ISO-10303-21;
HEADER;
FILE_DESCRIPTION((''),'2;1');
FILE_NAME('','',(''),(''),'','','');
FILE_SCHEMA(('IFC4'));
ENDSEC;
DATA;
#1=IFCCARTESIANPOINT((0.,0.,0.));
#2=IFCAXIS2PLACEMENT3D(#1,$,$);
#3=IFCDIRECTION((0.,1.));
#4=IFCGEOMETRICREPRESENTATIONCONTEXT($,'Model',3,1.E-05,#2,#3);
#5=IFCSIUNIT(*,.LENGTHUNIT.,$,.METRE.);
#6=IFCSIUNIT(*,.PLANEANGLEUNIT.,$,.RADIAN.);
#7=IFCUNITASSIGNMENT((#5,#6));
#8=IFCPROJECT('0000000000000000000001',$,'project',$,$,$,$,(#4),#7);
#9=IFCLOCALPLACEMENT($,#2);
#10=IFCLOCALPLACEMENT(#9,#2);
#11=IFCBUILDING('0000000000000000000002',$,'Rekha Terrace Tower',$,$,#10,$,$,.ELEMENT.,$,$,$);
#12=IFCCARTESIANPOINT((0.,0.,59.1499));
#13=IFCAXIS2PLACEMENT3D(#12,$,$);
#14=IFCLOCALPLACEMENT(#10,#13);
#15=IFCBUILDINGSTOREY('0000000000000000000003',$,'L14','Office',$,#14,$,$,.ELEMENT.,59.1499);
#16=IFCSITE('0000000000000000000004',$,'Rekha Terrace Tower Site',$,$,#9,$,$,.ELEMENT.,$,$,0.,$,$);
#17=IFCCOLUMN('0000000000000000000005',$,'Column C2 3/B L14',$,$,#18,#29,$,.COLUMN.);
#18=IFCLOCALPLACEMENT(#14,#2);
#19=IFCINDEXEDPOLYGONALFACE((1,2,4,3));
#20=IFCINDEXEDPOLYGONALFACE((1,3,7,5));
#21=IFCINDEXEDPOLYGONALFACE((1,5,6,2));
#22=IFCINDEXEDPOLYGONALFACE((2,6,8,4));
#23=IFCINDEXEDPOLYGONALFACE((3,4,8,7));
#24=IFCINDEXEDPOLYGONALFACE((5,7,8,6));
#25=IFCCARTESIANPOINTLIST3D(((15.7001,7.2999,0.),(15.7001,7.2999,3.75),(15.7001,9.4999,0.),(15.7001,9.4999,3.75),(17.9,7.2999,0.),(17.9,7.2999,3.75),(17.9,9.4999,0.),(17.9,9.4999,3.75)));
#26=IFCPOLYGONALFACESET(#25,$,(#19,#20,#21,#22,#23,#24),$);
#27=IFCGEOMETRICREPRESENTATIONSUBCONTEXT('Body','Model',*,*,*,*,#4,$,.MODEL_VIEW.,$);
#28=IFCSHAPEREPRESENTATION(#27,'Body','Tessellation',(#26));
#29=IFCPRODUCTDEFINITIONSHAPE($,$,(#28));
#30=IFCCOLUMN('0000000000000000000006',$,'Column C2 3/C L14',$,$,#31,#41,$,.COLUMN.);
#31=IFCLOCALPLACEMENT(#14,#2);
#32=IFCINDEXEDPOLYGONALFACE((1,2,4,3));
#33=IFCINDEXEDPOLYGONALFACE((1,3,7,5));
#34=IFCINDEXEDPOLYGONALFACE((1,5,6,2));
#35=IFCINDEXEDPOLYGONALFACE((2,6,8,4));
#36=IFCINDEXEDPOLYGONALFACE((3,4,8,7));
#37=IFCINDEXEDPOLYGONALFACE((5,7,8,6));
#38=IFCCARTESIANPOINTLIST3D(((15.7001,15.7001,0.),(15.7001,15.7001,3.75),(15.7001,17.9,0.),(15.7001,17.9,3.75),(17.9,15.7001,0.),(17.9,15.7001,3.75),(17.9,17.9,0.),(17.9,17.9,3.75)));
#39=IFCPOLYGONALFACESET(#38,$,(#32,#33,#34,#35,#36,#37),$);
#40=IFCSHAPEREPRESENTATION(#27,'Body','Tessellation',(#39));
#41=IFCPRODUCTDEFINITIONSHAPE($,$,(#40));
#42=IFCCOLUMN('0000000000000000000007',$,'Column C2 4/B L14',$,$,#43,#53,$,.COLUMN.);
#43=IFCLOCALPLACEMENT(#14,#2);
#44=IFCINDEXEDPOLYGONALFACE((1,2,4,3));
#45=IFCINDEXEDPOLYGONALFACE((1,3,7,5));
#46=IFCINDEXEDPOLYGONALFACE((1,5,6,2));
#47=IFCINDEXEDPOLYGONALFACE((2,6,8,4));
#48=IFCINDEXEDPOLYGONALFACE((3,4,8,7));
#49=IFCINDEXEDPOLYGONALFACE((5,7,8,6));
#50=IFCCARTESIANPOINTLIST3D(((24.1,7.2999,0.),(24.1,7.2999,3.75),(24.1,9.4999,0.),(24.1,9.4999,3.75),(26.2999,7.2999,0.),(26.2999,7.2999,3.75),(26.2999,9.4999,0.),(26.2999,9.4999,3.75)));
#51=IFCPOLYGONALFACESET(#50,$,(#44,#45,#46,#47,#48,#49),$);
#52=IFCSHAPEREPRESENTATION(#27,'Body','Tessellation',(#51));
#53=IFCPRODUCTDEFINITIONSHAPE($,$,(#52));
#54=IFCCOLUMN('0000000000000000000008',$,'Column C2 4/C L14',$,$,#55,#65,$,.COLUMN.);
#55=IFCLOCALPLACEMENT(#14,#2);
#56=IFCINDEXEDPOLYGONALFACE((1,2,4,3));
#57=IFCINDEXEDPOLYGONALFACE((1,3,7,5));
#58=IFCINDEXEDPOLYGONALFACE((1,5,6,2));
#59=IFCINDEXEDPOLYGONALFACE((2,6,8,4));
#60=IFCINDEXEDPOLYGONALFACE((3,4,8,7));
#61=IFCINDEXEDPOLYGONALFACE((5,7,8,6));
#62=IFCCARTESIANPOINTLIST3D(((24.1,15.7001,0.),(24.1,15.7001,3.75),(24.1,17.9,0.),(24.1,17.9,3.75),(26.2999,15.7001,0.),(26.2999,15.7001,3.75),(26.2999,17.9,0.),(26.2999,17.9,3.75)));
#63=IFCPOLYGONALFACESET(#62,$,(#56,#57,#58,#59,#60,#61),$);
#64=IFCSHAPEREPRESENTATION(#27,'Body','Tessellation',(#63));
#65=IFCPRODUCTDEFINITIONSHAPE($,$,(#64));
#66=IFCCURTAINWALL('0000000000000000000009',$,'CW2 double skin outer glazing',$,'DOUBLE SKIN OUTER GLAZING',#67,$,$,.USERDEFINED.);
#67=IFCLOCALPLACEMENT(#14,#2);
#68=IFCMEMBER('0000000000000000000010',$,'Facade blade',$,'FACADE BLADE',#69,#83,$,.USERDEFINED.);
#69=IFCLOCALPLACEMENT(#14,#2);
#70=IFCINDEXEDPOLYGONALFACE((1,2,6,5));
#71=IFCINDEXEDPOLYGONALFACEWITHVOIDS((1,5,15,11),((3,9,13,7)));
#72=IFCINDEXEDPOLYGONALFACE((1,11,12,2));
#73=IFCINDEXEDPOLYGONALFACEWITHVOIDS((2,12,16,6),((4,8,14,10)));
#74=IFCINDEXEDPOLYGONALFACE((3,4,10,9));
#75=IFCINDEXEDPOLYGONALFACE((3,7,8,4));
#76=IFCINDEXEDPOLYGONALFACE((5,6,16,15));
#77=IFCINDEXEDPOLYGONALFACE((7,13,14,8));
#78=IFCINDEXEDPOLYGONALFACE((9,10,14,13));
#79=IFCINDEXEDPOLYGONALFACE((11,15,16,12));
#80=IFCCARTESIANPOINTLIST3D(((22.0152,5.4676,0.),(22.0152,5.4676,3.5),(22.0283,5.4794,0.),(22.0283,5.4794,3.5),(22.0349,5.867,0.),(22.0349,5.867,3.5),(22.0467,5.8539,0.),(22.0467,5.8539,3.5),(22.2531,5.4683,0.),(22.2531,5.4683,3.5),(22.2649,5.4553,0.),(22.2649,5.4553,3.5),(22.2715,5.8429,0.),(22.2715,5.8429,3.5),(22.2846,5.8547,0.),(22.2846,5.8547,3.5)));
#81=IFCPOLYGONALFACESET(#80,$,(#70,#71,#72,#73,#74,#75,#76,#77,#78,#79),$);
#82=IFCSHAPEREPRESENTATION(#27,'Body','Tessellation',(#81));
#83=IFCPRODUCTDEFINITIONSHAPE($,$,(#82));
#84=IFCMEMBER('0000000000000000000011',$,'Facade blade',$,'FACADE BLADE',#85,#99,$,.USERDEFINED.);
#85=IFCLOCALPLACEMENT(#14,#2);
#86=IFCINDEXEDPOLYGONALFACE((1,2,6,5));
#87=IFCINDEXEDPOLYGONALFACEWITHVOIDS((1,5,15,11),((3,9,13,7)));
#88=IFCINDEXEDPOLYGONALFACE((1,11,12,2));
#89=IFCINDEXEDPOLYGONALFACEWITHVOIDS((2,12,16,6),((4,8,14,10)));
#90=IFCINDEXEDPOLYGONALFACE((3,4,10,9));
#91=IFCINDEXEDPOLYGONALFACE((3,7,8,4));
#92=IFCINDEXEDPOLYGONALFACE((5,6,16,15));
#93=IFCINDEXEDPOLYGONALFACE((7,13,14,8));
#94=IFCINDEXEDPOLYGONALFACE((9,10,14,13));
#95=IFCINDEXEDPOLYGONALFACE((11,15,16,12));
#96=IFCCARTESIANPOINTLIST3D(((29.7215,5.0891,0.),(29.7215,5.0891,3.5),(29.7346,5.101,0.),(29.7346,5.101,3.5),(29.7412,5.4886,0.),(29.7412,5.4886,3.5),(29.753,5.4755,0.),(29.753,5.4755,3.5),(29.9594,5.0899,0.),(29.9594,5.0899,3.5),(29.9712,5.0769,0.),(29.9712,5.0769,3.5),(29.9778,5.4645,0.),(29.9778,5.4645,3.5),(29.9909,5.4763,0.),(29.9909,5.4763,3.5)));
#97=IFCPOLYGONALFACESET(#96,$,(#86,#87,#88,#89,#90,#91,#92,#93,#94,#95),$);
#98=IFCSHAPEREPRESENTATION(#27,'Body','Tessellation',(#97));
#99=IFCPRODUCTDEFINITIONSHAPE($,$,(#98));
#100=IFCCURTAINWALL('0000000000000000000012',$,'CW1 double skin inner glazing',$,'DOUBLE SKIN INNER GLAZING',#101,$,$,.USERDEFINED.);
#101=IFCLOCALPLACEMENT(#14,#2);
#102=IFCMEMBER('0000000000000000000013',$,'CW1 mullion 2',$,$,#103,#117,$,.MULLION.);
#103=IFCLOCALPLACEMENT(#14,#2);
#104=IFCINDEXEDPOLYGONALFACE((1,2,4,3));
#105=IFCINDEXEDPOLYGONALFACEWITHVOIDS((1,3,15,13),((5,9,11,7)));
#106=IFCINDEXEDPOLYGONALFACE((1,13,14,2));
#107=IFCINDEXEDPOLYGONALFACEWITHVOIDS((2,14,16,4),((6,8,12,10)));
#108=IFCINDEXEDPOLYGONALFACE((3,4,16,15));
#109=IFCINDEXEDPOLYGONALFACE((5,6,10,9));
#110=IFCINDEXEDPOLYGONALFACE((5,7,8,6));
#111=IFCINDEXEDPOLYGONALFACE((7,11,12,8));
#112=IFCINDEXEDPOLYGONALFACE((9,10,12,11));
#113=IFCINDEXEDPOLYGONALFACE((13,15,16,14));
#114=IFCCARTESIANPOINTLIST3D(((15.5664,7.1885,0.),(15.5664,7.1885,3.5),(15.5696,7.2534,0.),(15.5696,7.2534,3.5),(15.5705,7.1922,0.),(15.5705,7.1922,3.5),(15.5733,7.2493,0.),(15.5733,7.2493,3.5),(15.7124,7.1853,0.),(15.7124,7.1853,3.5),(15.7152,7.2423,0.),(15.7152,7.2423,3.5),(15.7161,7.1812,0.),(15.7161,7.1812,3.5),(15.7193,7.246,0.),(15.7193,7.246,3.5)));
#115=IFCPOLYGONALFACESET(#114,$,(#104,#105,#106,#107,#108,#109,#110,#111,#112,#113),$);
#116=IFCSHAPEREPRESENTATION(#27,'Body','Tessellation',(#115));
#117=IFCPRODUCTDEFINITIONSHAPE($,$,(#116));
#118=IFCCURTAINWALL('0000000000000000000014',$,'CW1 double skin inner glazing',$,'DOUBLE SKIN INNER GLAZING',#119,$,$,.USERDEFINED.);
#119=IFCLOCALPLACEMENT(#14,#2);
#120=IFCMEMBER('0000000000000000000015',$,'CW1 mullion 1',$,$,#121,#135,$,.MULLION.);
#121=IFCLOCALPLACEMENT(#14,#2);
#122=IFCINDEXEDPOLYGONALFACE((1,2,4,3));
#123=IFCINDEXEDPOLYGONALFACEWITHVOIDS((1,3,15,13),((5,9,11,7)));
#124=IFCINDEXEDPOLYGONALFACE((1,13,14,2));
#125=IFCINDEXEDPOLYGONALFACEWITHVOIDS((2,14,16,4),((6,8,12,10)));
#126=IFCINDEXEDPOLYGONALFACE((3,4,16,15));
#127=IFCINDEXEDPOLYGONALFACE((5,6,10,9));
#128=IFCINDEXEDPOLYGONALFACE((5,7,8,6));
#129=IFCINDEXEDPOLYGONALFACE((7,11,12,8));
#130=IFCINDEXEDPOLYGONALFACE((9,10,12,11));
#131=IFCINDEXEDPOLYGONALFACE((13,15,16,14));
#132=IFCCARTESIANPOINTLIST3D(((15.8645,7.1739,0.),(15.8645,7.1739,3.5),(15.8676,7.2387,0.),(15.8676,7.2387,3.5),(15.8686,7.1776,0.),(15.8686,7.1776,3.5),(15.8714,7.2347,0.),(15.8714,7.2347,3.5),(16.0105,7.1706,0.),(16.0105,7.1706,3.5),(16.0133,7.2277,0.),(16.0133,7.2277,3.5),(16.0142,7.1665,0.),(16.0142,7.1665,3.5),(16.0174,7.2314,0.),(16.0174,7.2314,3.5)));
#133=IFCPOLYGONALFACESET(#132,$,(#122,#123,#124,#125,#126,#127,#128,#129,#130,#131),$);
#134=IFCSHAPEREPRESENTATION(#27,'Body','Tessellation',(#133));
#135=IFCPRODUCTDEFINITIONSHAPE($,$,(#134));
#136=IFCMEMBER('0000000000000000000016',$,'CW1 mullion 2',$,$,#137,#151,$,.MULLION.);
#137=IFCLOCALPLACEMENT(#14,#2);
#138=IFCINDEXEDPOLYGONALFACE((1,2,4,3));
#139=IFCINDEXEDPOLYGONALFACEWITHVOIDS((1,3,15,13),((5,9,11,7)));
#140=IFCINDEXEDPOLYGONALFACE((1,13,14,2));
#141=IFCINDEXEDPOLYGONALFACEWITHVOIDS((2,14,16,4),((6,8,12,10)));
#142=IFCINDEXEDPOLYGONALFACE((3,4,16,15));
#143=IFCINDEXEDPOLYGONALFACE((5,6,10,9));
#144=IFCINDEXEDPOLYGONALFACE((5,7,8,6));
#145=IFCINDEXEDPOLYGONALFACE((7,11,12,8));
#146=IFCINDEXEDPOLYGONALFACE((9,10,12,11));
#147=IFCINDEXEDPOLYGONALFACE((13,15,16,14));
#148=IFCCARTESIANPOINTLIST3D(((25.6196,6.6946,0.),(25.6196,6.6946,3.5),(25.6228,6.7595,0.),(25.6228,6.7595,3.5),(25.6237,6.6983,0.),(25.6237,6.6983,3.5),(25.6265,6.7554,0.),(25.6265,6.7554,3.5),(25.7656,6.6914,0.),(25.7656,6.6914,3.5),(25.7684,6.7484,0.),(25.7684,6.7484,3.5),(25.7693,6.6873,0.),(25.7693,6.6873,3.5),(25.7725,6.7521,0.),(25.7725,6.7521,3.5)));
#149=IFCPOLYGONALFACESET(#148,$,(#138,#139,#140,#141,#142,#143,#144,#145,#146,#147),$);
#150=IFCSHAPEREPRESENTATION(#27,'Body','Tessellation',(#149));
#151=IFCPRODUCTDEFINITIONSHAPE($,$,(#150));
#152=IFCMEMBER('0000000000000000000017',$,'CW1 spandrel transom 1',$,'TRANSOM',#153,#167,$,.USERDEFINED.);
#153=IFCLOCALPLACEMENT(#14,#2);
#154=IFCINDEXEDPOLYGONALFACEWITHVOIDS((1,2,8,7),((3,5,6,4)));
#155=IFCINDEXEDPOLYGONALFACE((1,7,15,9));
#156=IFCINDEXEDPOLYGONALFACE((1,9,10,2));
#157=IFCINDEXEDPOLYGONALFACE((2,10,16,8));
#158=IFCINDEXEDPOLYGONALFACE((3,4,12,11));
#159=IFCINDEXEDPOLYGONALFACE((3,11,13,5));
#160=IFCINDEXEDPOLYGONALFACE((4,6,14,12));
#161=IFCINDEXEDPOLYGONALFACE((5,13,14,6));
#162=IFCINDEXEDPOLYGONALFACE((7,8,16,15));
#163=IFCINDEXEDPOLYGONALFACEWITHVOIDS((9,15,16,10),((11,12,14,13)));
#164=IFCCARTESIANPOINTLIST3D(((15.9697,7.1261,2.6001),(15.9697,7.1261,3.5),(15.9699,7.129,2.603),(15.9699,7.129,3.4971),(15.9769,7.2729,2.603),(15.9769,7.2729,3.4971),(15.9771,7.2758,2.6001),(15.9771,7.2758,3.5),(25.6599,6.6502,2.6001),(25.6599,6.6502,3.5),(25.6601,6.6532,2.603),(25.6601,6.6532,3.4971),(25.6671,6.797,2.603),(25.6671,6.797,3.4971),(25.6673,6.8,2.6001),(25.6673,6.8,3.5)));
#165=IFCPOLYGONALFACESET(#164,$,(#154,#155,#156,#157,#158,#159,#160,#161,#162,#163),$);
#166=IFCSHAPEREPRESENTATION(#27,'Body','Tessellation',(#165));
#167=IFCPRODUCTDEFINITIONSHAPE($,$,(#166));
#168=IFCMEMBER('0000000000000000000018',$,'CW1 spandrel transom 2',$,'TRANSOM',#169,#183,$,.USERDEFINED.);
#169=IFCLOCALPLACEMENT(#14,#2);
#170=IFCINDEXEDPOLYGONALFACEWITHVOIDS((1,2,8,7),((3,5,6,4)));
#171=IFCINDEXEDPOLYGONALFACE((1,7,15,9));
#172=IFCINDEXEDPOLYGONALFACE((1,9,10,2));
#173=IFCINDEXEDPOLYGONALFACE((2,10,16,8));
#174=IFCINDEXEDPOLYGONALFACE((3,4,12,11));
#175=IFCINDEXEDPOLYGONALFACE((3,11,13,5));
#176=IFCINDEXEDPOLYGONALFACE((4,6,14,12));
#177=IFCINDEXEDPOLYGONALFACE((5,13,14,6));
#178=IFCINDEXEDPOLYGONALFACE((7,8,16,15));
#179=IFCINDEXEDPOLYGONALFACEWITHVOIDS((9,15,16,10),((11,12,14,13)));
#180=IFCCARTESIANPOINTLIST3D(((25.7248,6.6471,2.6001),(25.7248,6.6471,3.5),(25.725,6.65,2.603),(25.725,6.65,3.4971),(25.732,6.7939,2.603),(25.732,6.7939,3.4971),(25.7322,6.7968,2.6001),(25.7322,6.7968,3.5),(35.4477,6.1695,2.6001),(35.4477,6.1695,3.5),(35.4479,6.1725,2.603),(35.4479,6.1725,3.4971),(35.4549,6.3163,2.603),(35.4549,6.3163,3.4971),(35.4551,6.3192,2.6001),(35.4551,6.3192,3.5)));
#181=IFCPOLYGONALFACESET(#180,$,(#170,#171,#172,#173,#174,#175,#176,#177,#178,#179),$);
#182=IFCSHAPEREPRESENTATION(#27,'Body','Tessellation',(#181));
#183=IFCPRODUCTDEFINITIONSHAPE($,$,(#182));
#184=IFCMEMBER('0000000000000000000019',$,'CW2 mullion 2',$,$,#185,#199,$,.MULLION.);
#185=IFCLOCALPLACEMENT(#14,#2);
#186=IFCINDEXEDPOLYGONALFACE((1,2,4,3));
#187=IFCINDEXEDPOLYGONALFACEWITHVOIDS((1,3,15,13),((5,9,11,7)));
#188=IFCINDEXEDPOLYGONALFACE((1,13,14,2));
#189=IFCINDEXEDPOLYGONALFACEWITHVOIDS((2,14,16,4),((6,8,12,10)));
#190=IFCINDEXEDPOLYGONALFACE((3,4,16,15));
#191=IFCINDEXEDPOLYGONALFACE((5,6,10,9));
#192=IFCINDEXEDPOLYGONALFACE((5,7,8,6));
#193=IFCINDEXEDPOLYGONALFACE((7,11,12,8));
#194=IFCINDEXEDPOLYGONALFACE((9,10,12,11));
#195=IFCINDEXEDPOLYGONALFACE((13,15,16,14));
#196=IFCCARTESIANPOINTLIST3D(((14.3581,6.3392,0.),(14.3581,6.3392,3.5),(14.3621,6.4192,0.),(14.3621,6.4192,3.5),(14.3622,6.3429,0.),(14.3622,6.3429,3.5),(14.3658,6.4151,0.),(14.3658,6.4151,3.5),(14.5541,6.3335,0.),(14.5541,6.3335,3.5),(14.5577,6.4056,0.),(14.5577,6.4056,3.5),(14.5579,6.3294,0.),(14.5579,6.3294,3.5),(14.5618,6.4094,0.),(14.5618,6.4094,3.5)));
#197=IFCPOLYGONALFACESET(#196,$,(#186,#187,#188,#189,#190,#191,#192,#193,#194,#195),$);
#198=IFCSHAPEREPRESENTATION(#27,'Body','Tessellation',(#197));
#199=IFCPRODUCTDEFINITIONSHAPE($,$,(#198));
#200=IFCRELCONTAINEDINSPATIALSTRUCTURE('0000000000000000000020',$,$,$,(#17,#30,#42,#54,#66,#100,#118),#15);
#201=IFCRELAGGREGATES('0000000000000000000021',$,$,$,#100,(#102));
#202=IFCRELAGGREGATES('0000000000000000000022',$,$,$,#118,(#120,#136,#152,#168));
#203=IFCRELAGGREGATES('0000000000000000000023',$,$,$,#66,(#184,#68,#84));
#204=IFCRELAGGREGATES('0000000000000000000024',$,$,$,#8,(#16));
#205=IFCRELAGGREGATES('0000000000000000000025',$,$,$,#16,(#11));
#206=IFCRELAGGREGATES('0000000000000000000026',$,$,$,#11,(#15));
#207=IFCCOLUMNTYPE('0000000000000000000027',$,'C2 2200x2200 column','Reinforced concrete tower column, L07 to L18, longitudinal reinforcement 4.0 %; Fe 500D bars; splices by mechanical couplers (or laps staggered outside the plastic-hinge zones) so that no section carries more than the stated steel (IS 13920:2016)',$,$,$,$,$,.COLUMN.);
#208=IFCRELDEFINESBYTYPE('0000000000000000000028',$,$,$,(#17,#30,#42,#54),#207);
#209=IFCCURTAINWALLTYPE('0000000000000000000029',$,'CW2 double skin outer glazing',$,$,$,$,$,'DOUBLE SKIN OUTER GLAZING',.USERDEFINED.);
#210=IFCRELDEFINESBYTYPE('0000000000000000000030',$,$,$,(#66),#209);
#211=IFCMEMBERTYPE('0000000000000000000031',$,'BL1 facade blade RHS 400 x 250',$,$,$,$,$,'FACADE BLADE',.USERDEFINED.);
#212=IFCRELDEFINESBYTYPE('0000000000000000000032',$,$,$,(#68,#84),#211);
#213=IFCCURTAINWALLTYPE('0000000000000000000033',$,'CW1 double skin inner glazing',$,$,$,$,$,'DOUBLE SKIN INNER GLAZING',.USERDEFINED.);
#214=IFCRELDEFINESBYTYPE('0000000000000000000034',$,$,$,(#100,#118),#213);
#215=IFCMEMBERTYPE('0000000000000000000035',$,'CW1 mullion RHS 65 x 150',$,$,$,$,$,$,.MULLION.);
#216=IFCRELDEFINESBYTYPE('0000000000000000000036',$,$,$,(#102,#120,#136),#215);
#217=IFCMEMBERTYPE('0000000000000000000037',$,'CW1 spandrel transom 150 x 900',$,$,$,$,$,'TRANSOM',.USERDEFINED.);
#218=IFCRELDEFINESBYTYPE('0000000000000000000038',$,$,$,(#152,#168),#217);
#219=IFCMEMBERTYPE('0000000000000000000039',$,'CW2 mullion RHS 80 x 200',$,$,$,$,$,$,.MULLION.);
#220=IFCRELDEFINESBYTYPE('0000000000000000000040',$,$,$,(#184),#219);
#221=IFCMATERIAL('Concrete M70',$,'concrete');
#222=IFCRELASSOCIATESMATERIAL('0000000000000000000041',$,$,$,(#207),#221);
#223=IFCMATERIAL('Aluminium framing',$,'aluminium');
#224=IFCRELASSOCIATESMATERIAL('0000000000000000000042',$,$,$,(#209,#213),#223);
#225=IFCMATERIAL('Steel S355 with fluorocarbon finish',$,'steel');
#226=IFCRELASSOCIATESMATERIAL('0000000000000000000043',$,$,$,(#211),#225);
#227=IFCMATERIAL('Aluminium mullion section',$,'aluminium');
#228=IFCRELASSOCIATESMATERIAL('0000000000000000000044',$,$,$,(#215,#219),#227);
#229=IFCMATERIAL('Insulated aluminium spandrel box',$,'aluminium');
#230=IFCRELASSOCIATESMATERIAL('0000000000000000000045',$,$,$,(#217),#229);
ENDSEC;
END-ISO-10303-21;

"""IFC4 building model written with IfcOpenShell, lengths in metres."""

from ifc_helpers import new_model, si_unit, direction, frame, origin, origin_2d, place, context, subcontext, project, spatial, rectangle, hollow_rectangle, extrude, material, material_profile, profile_set, type_object, element, aggregate, save


model = new_model("IFC4")

# Units and contexts
model_context = context("Model", 3, precision=1e-05, world=origin(), true_north=direction((0.0, 1.0)))
body_context = subcontext(model_context, "Body", "Model", "MODEL_VIEW")
ifc_project = project(units=[si_unit("LENGTHUNIT", "METRE"), si_unit("PLANEANGLEUNIT", "RADIAN")], contexts=[model_context])

# Site, building, storey
site_placement = place(None, origin())
site = spatial("IfcSite", under=ifc_project, at=site_placement, Name="Rekha Terrace Tower Site", CompositionType="ELEMENT", RefElevation=0.0)
building_placement = place(site_placement, origin())
building = spatial("IfcBuilding", under=site, at=building_placement, Name="Rekha Terrace Tower", CompositionType="ELEMENT")
storey_placement = place(building_placement, frame((0.0, 0.0, 59.1499)))
storey = spatial("IfcBuildingStorey", under=building, at=storey_placement, Name="L14", Description="Office", CompositionType="ELEMENT", Elevation=59.1499)

# Columns
ifc_material_1 = material(Name="Concrete M70", Category="concrete")
ifc_material_profile_1 = material_profile(ifc_material_1, rectangle(XDim=2.2, YDim=2.2, at=origin_2d()), Name="RC 2200x2200")
ifc_profile_set_1 = profile_set([ifc_material_profile_1], Name="Concrete M70")
column_type = type_object("IfcColumnType", Name="C2 2200x2200 column", Description="Reinforced concrete tower column, L07 to L18, longitudinal reinforcement 4.0 %; Fe 500D bars; splices by mechanical couplers (or laps staggered outside the plastic-hinge zones) so that no section carries more than the stated steel (IS 13920:2016)", PredefinedType="COLUMN", material=ifc_profile_set_1)
for number, where, z_axis, x_axis, name in (
    (1, (16.8, 8.3999, 0.0), (0.0, 0.0, 1.0), (1.0, 0.0, 0.0), "Column C2 3/B L14"),
    (2, (16.8, 16.8, 0.0), (0.0, 0.0, 1.0), (1.0, 0.0, 0.0), "Column C2 3/C L14"),
    (3, (25.2, 8.3999, 0.0), (0.0, 0.0, 1.0), (1.0, 0.0, 0.0), "Column C2 4/B L14"),
    (4, (25.2, 16.8, 0.0), (0.0, 0.0, 1.0), (1.0, 0.0, 0.0), "Column C2 4/C L14"),
):
    element("IfcColumn", number, at=place(storey_placement, frame(where, z_axis=z_axis, x_axis=x_axis)), inside=storey, type_object=column_type, Name=name, PredefinedType="COLUMN", context=body_context, shape_type="SweptSolid", body=[
        extrude(rectangle(XDim=2.2, YDim=2.2, at=origin_2d()), origin(), (0.0, 0.0, 1.0), 3.75),
    ])

# Curtain wall, members
ifc_material_2 = material(Name="Aluminium framing", Category="aluminium")
curtain_wall_type_1 = type_object("IfcCurtainWallType", Name="CW2 double skin outer glazing", ElementType="DOUBLE SKIN OUTER GLAZING", PredefinedType="USERDEFINED", material=ifc_material_2)
curtain_wall_1_placement = place(storey_placement, origin())
curtain_wall_1 = element("IfcCurtainWall", 5, at=curtain_wall_1_placement, inside=storey, type_object=curtain_wall_type_1, Name="CW2 double skin outer glazing", ObjectType="DOUBLE SKIN OUTER GLAZING", PredefinedType="USERDEFINED")
ifc_material_3 = material(Name="Steel S355 with fluorocarbon finish", Category="steel")
ifc_material_profile_2 = material_profile(ifc_material_3, hollow_rectangle(XDim=0.25, YDim=0.3999, WallThickness=0.0125, at=origin_2d()), Name="RHS400x250x12.5")
ifc_profile_set_2 = profile_set([ifc_material_profile_2], Name="Steel S355 with fluorocarbon finish")
member_type_1 = type_object("IfcMemberType", Name="BL1 facade blade RHS 400 x 250", ElementType="FACADE BLADE", PredefinedType="USERDEFINED", material=ifc_profile_set_2)
member_1_placement = place(storey_placement, frame((22.1499, 5.6611, 0.0), z_axis=(0.0, 0.0, 1.0), x_axis=(0.998796, -0.049052, 0.0)))
member_1 = element("IfcMember", 6, at=member_1_placement, type_object=member_type_1, Name="Facade blade", ObjectType="FACADE BLADE", PredefinedType="USERDEFINED", context=body_context, shape_type="SweptSolid", body=[
    extrude(hollow_rectangle(XDim=0.25, YDim=0.3999, WallThickness=0.0125, at=origin_2d()), origin(), (0.0, 0.0, 1.0), 3.5),
])
member_2_placement = place(storey_placement, frame((29.8562, 5.2827, 0.0), z_axis=(0.0, 0.0, 1.0), x_axis=(0.998796, -0.049052, 0.0)))
member_2 = element("IfcMember", 7, at=member_2_placement, type_object=member_type_1, Name="Facade blade", ObjectType="FACADE BLADE", PredefinedType="USERDEFINED", context=body_context, shape_type="SweptSolid", body=[
    extrude(hollow_rectangle(XDim=0.25, YDim=0.3999, WallThickness=0.0125, at=origin_2d()), origin(), (0.0, 0.0, 1.0), 3.5),
])

# Curtain wall, member
curtain_wall_type_2 = type_object("IfcCurtainWallType", Name="CW1 double skin inner glazing", ElementType="DOUBLE SKIN INNER GLAZING", PredefinedType="USERDEFINED", material=ifc_material_2)
curtain_wall_2_placement = place(storey_placement, origin())
curtain_wall_2 = element("IfcCurtainWall", 8, at=curtain_wall_2_placement, inside=storey, type_object=curtain_wall_type_2, Name="CW1 double skin inner glazing", ObjectType="DOUBLE SKIN INNER GLAZING", PredefinedType="USERDEFINED")
ifc_material_4 = material(Name="Aluminium mullion section", Category="aluminium")
ifc_material_profile_3 = material_profile(ifc_material_4, hollow_rectangle(XDim=0.0649, YDim=0.1499, WallThickness=0.0039, at=origin_2d()), Name="AL RHS 65x150")
ifc_profile_set_3 = profile_set([ifc_material_profile_3], Name="Aluminium mullion section")
member_type_2 = type_object("IfcMemberType", Name="CW1 mullion RHS 65 x 150", PredefinedType="MULLION", material=ifc_profile_set_3)
member_3_placement = place(storey_placement, frame((15.6428, 7.2173, 0.0), z_axis=(0.0, 0.0, 1.0), x_axis=(0.049052, 0.998796, 0.0)))
member_3 = element("IfcMember", 9, at=member_3_placement, type_object=member_type_2, Name="CW1 mullion 2", PredefinedType="MULLION", context=body_context, shape_type="SweptSolid", body=[
    extrude(hollow_rectangle(XDim=0.0649, YDim=0.1499, WallThickness=0.0039, at=origin_2d()), origin(), (0.0, 0.0, 1.0), 3.5),
])
aggregate(curtain_wall_2, [member_3])

# Curtain wall, members
curtain_wall_3_placement = place(storey_placement, origin())
curtain_wall_3 = element("IfcCurtainWall", 10, at=curtain_wall_3_placement, inside=storey, type_object=curtain_wall_type_2, Name="CW1 double skin inner glazing", ObjectType="DOUBLE SKIN INNER GLAZING", PredefinedType="USERDEFINED")
member_4_placement = place(storey_placement, frame((15.9409, 7.2026, 0.0), z_axis=(0.0, 0.0, 1.0), x_axis=(0.049052, 0.998796, 0.0)))
member_4 = element("IfcMember", 11, at=member_4_placement, type_object=member_type_2, Name="CW1 mullion 1", PredefinedType="MULLION", context=body_context, shape_type="SweptSolid", body=[
    extrude(hollow_rectangle(XDim=0.0649, YDim=0.1499, WallThickness=0.0039, at=origin_2d()), origin(), (0.0, 0.0, 1.0), 3.5),
])
member_5_placement = place(storey_placement, frame((25.696, 6.7234, 0.0), z_axis=(0.0, 0.0, 1.0), x_axis=(0.049052, 0.998796, 0.0)))
member_5 = element("IfcMember", 12, at=member_5_placement, type_object=member_type_2, Name="CW1 mullion 2", PredefinedType="MULLION", context=body_context, shape_type="SweptSolid", body=[
    extrude(hollow_rectangle(XDim=0.0649, YDim=0.1499, WallThickness=0.0039, at=origin_2d()), origin(), (0.0, 0.0, 1.0), 3.5),
])
ifc_material_5 = material(Name="Insulated aluminium spandrel box", Category="aluminium")
ifc_material_profile_4 = material_profile(ifc_material_5, hollow_rectangle(XDim=0.1499, YDim=0.8999, WallThickness=0.0029, at=origin_2d()), Name="AL SPANDREL BOX 150x900")
ifc_profile_set_4 = profile_set([ifc_material_profile_4], Name="Insulated aluminium spandrel box")
member_type_3 = type_object("IfcMemberType", Name="CW1 spandrel transom 150 x 900", ElementType="TRANSOM", PredefinedType="USERDEFINED", material=ifc_profile_set_4)
member_6_placement = place(storey_placement, frame((15.9734, 7.2009, 3.05), z_axis=(0.998797, -0.049045, 0.0), x_axis=(0.049045, 0.998797, 0.0)))
member_6 = element("IfcMember", 13, at=member_6_placement, type_object=member_type_3, Name="CW1 spandrel transom 1", ObjectType="TRANSOM", PredefinedType="USERDEFINED", context=body_context, shape_type="SweptSolid", body=[
    extrude(hollow_rectangle(XDim=0.1499, YDim=0.8999, WallThickness=0.0029, at=origin_2d()), origin(), (0.0, 0.0, 1.0), 9.7019),
])
member_7_placement = place(storey_placement, frame((25.7285, 6.7219, 3.05), z_axis=(0.998796, -0.049056, 0.0), x_axis=(0.049056, 0.998796, 0.0)))
member_7 = element("IfcMember", 14, at=member_7_placement, type_object=member_type_3, Name="CW1 spandrel transom 2", ObjectType="TRANSOM", PredefinedType="USERDEFINED", context=body_context, shape_type="SweptSolid", body=[
    extrude(hollow_rectangle(XDim=0.1499, YDim=0.8999, WallThickness=0.0029, at=origin_2d()), origin(), (0.0, 0.0, 1.0), 9.7346),
])

# Member
ifc_material_profile_5 = material_profile(ifc_material_4, hollow_rectangle(XDim=0.0801, YDim=0.2, WallThickness=0.0039, at=origin_2d()), Name="AL RHS 80x200")
ifc_profile_set_5 = profile_set([ifc_material_profile_5], Name="Aluminium mullion section")
member_type_4 = type_object("IfcMemberType", Name="CW2 mullion RHS 80 x 200", PredefinedType="MULLION", material=ifc_profile_set_5)
member_8_placement = place(storey_placement, frame((14.46, 6.3743, 0.0), z_axis=(0.0, 0.0, 1.0), x_axis=(0.049052, 0.998796, 0.0)))
member_8 = element("IfcMember", 15, at=member_8_placement, type_object=member_type_4, Name="CW2 mullion 2", PredefinedType="MULLION", context=body_context, shape_type="SweptSolid", body=[
    extrude(hollow_rectangle(XDim=0.0801, YDim=0.2, WallThickness=0.0039, at=origin_2d()), origin(), (0.0, 0.0, 1.0), 3.5),
])

aggregate(curtain_wall_3, [member_4, member_5, member_6, member_7])
aggregate(curtain_wall_1, [member_8, member_1, member_2])

save(model, "model.ifc")
